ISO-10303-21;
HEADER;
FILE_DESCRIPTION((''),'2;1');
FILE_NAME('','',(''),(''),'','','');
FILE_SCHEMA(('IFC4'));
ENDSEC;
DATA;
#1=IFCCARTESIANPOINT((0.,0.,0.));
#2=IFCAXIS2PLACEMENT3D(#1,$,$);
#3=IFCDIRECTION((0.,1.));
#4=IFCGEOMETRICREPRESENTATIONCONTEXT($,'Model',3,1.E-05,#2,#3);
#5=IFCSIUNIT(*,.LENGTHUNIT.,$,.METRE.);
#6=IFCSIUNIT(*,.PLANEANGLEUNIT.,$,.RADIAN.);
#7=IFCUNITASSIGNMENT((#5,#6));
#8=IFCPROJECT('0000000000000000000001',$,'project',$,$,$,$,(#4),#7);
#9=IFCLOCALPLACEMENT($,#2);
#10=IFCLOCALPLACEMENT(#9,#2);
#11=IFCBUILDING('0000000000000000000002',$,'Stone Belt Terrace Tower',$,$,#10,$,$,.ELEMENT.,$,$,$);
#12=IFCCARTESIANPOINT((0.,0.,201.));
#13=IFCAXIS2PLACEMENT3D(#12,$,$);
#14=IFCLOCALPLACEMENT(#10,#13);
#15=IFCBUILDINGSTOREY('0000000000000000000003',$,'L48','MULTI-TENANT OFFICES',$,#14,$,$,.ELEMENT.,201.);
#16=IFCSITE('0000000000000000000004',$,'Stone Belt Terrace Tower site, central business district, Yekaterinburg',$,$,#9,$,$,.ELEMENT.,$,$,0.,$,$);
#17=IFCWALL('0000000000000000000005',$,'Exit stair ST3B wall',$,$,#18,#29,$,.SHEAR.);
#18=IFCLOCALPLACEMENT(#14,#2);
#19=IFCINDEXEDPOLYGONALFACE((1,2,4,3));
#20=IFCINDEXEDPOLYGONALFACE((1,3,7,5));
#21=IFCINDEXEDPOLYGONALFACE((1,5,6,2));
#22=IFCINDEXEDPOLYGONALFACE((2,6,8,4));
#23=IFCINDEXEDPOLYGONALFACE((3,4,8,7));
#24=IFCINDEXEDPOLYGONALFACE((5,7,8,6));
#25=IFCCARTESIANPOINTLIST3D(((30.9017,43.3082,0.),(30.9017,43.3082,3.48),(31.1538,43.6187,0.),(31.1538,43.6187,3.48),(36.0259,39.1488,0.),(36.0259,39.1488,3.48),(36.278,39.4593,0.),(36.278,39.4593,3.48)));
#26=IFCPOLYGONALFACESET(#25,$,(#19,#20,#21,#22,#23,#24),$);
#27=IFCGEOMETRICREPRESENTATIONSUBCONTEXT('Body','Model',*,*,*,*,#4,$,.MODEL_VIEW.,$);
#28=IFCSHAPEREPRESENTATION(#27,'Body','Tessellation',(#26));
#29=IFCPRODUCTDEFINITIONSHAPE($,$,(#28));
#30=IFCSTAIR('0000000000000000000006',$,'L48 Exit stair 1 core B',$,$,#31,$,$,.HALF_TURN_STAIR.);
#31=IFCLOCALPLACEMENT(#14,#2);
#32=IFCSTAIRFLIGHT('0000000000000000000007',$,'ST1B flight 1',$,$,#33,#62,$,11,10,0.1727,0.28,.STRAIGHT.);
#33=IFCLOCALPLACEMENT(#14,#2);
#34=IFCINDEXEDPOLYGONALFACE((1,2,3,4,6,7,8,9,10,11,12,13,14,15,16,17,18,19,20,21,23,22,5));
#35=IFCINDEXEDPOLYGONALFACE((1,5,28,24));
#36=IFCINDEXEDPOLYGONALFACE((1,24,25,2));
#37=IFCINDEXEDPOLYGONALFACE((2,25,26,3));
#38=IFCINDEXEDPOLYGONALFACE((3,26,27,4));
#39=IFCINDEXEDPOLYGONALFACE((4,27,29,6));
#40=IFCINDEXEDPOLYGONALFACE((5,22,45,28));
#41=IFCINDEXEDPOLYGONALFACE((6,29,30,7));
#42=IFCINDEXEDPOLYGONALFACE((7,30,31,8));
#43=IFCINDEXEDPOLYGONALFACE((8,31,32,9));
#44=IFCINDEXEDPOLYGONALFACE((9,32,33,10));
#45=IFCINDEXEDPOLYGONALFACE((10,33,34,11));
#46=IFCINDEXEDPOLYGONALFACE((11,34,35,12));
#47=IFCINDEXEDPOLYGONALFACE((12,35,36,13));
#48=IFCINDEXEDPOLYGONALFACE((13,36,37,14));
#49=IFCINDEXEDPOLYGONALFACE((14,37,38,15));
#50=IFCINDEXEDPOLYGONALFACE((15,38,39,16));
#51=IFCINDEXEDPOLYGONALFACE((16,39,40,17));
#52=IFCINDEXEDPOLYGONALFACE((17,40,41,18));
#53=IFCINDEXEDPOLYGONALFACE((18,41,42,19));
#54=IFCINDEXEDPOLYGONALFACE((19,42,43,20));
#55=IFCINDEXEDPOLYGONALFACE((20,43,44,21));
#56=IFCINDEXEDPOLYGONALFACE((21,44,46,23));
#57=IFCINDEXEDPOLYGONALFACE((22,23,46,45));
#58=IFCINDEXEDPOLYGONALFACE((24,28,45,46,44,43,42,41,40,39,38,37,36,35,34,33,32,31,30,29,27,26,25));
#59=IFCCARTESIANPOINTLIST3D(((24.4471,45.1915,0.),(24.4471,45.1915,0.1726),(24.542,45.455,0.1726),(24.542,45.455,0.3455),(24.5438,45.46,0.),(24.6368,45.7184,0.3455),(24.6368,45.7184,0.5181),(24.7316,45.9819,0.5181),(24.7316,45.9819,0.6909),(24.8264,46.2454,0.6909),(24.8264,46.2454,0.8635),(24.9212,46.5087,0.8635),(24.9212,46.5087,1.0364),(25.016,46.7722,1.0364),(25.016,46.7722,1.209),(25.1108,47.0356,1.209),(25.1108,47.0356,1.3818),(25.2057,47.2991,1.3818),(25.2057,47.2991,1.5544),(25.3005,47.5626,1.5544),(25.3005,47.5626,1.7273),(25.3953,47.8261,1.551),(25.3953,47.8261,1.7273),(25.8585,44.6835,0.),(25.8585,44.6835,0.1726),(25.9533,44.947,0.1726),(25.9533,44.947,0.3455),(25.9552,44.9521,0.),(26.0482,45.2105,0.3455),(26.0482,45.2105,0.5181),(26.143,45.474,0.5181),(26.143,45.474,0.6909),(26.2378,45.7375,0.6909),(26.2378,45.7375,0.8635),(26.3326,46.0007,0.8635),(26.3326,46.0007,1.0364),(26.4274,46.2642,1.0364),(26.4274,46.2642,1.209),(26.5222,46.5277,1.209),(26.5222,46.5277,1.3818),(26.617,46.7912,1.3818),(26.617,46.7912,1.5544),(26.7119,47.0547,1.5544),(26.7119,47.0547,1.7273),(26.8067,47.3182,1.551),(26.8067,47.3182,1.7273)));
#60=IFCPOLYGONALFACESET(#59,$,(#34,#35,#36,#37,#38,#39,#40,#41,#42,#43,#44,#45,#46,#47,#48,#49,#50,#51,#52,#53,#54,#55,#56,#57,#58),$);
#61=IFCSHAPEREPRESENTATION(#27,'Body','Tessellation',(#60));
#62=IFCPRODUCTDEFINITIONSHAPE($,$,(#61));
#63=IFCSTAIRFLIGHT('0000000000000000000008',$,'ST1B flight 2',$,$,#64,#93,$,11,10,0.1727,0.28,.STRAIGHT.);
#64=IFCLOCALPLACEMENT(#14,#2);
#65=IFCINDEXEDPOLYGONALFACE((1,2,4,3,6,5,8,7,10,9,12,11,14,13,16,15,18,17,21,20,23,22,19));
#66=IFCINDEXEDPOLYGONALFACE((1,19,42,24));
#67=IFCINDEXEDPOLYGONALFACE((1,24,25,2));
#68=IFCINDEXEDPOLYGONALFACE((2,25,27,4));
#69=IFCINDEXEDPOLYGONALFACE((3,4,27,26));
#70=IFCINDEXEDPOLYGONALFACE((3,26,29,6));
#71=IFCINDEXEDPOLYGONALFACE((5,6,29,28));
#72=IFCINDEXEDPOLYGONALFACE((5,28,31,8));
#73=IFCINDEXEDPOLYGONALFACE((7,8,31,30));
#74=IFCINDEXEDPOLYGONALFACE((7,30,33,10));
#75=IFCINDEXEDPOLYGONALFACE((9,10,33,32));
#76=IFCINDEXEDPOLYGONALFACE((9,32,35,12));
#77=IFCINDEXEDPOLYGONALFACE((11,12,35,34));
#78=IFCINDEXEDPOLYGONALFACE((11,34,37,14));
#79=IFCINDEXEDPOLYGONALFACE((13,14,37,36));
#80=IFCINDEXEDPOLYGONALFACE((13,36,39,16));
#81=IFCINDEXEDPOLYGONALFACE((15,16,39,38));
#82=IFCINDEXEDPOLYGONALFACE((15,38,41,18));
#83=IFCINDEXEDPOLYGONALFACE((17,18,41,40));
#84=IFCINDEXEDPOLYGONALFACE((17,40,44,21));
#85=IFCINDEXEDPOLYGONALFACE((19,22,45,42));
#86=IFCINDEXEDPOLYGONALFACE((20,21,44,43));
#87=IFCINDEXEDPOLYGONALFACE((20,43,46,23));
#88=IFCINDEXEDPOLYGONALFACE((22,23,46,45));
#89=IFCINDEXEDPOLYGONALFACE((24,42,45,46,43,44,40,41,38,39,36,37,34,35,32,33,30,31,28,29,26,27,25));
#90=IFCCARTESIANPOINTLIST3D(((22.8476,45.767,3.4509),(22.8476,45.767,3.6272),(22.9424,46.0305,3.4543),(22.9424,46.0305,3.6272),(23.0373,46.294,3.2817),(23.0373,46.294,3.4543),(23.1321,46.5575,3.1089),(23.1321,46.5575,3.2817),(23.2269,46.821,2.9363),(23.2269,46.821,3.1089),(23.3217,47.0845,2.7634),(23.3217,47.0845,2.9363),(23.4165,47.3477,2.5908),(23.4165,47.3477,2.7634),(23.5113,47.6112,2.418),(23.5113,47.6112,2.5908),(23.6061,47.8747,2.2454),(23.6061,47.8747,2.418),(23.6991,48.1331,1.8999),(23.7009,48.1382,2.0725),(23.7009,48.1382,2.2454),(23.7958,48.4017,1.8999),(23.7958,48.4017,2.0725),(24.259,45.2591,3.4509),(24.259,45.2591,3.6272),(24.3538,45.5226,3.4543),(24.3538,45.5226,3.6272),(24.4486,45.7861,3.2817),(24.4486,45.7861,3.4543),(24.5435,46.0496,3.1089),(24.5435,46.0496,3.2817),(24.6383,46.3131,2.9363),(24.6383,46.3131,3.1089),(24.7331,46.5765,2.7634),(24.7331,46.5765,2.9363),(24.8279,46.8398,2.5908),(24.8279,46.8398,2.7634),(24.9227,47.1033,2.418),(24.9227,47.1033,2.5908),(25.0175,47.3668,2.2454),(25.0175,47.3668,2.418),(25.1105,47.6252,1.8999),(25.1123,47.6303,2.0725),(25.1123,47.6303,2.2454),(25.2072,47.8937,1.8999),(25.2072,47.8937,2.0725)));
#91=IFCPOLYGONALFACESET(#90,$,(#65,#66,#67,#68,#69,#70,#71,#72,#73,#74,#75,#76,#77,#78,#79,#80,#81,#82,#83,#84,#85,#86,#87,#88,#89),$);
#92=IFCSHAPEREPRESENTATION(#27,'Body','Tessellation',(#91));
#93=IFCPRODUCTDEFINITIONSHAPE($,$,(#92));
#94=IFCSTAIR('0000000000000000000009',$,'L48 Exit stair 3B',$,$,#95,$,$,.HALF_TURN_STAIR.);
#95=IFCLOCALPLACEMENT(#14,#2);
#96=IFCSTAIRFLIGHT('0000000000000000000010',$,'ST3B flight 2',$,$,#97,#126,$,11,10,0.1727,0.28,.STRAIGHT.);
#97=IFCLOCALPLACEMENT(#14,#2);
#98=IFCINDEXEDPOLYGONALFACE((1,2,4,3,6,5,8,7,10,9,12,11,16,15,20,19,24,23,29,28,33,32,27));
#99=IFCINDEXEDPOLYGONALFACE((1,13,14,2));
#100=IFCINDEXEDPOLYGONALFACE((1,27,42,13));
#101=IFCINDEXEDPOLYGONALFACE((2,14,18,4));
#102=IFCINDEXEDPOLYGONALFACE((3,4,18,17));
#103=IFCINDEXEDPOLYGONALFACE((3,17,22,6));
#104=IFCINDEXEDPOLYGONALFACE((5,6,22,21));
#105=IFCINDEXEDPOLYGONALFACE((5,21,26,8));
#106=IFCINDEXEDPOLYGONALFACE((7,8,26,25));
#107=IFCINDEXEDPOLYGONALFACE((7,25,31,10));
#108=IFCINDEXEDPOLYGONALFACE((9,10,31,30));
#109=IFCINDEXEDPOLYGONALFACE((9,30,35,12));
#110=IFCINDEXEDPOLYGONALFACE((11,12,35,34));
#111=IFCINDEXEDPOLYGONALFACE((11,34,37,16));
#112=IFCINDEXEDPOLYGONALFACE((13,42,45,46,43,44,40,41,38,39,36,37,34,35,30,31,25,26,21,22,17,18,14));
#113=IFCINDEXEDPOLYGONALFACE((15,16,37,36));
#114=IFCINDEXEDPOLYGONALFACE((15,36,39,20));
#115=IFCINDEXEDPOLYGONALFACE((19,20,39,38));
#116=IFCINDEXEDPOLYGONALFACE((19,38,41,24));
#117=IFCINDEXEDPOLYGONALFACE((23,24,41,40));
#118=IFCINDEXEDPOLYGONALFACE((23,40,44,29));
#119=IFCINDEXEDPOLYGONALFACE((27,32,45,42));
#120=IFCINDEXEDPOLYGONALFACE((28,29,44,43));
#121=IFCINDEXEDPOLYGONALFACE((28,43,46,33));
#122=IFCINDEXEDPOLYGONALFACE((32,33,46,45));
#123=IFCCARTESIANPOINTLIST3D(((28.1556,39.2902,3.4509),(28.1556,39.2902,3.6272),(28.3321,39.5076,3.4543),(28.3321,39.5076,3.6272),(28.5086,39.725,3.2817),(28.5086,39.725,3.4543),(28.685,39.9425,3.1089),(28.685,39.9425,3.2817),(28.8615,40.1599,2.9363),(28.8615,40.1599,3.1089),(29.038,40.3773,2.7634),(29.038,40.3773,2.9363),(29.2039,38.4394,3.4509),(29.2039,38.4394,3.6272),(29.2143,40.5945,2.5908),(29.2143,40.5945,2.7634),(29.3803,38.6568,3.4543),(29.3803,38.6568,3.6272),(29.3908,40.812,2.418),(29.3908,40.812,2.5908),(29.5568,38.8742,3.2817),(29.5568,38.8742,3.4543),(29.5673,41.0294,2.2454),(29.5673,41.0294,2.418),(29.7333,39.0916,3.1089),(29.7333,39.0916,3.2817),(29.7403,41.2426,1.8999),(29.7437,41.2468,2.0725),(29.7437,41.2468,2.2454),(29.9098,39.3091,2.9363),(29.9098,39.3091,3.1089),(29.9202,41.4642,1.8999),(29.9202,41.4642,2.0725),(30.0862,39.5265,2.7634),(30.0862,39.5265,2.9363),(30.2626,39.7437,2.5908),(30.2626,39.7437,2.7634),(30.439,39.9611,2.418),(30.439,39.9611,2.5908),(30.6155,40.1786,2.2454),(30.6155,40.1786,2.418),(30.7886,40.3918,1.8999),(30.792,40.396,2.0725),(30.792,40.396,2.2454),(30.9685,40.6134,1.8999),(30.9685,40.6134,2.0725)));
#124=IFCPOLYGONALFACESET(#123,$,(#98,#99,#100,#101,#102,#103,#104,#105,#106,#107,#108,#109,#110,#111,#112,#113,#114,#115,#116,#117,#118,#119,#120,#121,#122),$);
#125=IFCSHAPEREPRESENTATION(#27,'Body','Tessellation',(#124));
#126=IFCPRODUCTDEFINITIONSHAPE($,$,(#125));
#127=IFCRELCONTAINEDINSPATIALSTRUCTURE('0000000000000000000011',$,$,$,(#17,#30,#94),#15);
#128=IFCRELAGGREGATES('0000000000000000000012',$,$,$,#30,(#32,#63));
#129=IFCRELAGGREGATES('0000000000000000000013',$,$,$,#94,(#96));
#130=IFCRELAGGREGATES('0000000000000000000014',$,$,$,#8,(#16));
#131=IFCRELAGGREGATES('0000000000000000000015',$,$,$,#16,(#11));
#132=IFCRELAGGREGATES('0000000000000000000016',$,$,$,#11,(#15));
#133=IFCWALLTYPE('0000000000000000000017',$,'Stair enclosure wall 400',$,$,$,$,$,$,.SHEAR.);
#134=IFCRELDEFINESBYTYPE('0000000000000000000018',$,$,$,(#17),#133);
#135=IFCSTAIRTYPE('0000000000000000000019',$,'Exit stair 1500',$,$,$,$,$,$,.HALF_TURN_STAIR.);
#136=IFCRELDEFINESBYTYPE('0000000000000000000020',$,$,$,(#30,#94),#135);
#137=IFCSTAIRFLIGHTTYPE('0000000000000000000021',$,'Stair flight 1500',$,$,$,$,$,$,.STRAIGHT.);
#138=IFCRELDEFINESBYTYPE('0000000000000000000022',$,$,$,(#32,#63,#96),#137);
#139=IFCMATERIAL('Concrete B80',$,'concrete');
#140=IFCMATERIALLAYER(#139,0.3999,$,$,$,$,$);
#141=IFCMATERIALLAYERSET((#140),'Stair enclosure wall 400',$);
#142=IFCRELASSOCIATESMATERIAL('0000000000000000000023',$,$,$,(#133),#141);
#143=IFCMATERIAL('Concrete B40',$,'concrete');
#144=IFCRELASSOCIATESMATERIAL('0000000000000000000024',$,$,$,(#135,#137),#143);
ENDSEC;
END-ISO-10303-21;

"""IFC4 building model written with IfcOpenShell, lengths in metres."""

from ifc_helpers import new_model, si_unit, direction, frame, frame_2d, origin, place, context, subcontext, project, spatial, polyline, rectangle, outline, extrude, material, layer, layer_set, type_object, element, aggregate, save


model = new_model("IFC4")

# Units and contexts
model_context = context("Model", 3, precision=1e-05, world=origin(), true_north=direction((0.0, 1.0)))
body_context = subcontext(model_context, "Body", "Model", "MODEL_VIEW")
ifc_project = project(units=[si_unit("LENGTHUNIT", "METRE"), si_unit("PLANEANGLEUNIT", "RADIAN")], contexts=[model_context])

# Site, building, storey
site_placement = place(None, origin())
site = spatial("IfcSite", under=ifc_project, at=site_placement, Name="Stone Belt Terrace Tower site, central business district, Yekaterinburg", CompositionType="ELEMENT", RefElevation=0.0)
building_placement = place(site_placement, origin())
building = spatial("IfcBuilding", under=site, at=building_placement, Name="Stone Belt Terrace Tower", CompositionType="ELEMENT")
storey_placement = place(building_placement, frame((0.0, 0.0, 201.0)))
storey = spatial("IfcBuildingStorey", under=building, at=storey_placement, Name="L48", Description="MULTI-TENANT OFFICES", CompositionType="ELEMENT", Elevation=201.0)

# Shared definitions
ifc_material_1 = material(Name="Concrete B80", Category="concrete")
ifc_layer_1 = layer(ifc_material_1, 0.3999)
ifc_layer_set_1 = layer_set([ifc_layer_1], Name="Stair enclosure wall 400")
wall_type_1 = type_object("IfcWallType", Name="Stair enclosure wall 400", PredefinedType="SHEAR", material=ifc_layer_set_1)

# Wall
wall_1_placement = place(storey_placement, frame((31.0278, 43.4634, 0.0), z_axis=(0.0, 0.0, 1.0), x_axis=(0.776414, -0.630224, 0.0)))
element("IfcWall", 1, at=wall_1_placement, inside=storey, type_object=wall_type_1, Name="Exit stair ST3B wall", PredefinedType="SHEAR", context=body_context, shape_type="SweptSolid", body=[
    extrude(rectangle(XDim=6.5999, YDim=0.3999, at=frame_2d((3.2998, 0.0))), origin(), (0.0, 0.0, 1.0), 3.48),
])

# Stair, stair flights
ifc_material_2 = material(Name="Concrete B40", Category="concrete")
stair_type = type_object("IfcStairType", Name="Exit stair 1500", PredefinedType="HALF_TURN_STAIR", material=ifc_material_2)
stair_1_placement = place(storey_placement, origin())
stair_1 = element("IfcStair", 2, at=stair_1_placement, inside=storey, type_object=stair_type, Name="L48 Exit stair 1 core B", PredefinedType="HALF_TURN_STAIR")
stair_flight_type = type_object("IfcStairFlightType", Name="Stair flight 1500", PredefinedType="STRAIGHT", material=ifc_material_2)
stair_flight_1_placement = place(storey_placement, frame((25.1528, 44.9375, 0.0), z_axis=(0.0, 0.0, 1.0), x_axis=(0.338624, 0.940922, 0.0)))
stair_flight_1 = element("IfcStairFlight", 3, at=stair_flight_1_placement, type_object=stair_flight_type, Name="ST1B flight 1", NumberOfRisers=11, NumberOfTreads=10, PredefinedType="STRAIGHT", RiserHeight=0.1727, TreadLength=0.28, context=body_context, shape_type="SweptSolid", body=[
    extrude(outline(polyline([(0.0, 0.0), (0.0, 0.1726), (0.28, 0.1726), (0.28, 0.3455), (0.5601, 0.3455), (0.5601, 0.5181), (0.8401, 0.5181), (0.8401, 0.6909), (1.1201, 0.6909), (1.1201, 0.8635), (1.3999, 0.8635), (1.3999, 1.0364), (1.6799, 1.0364), (1.6799, 1.209), (1.96, 1.209), (1.96, 1.3818), (2.24, 1.3818), (2.24, 1.5544), (2.52, 1.5544), (2.52, 1.7273), (2.8, 1.7273), (2.8, 1.8999), (2.8, 1.551), (0.2854, 0.0), (0.0, 0.0)])), frame((0.0, 0.75, 0.0), z_axis=(0.0, -1.0, 0.0), x_axis=(1.0, 0.0, 0.0)), (0.0, 0.0, 1.0), 1.5),
])
stair_flight_2_placement = place(storey_placement, frame((24.5015, 48.1477, 1.8999), z_axis=(0.0, 0.0, 1.0), x_axis=(-0.338624, -0.940922, 0.0)))
stair_flight_2 = element("IfcStairFlight", 4, at=stair_flight_2_placement, type_object=stair_flight_type, Name="ST1B flight 2", NumberOfRisers=11, NumberOfTreads=10, PredefinedType="STRAIGHT", RiserHeight=0.1727, TreadLength=0.28, context=body_context, shape_type="SweptSolid", body=[
    extrude(outline(polyline([(0.0, 0.0), (0.0, 0.1726), (0.28, 0.1726), (0.28, 0.3455), (0.5601, 0.3455), (0.5601, 0.5181), (0.8401, 0.5181), (0.8401, 0.6909), (1.1201, 0.6909), (1.1201, 0.8635), (1.3999, 0.8635), (1.3999, 1.0364), (1.6799, 1.0364), (1.6799, 1.209), (1.96, 1.209), (1.96, 1.3818), (2.24, 1.3818), (2.24, 1.5544), (2.52, 1.5544), (2.52, 1.7273), (2.8, 1.7273), (2.8, 1.8999), (2.8, 1.551), (0.2854, 0.0), (0.0, 0.0)])), frame((0.0, 0.75, 0.0), z_axis=(0.0, -1.0, 0.0), x_axis=(1.0, 0.0, 0.0)), (0.0, 0.0, 1.0), 1.5),
])
aggregate(stair_1, [stair_flight_1, stair_flight_2])

# Stair, stair flight
stair_2_placement = place(storey_placement, origin())
stair_2 = element("IfcStair", 5, at=stair_2_placement, inside=storey, type_object=stair_type, Name="L48 Exit stair 3B", PredefinedType="HALF_TURN_STAIR")
stair_flight_3_placement = place(storey_placement, frame((30.4443, 41.0388, 1.8999), z_axis=(0.0, 0.0, 1.0), x_axis=(-0.630206, -0.776428, 0.0)))
stair_flight_3 = element("IfcStairFlight", 6, at=stair_flight_3_placement, type_object=stair_flight_type, Name="ST3B flight 2", NumberOfRisers=11, NumberOfTreads=10, PredefinedType="STRAIGHT", RiserHeight=0.1727, TreadLength=0.28, context=body_context, shape_type="SweptSolid", body=[
    extrude(outline(polyline([(0.0, 0.0), (0.0, 0.1726), (0.28, 0.1726), (0.28, 0.3455), (0.5601, 0.3455), (0.5601, 0.5181), (0.8401, 0.5181), (0.8401, 0.6909), (1.1201, 0.6909), (1.1201, 0.8635), (1.3999, 0.8635), (1.3999, 1.0364), (1.6799, 1.0364), (1.6799, 1.209), (1.96, 1.209), (1.96, 1.3818), (2.24, 1.3818), (2.24, 1.5544), (2.52, 1.5544), (2.52, 1.7273), (2.8, 1.7273), (2.8, 1.8999), (2.8, 1.551), (0.2854, 0.0), (0.0, 0.0)])), frame((0.0, 0.675, 0.0), z_axis=(0.0, -1.0, 0.0), x_axis=(1.0, 0.0, 0.0)), (0.0, 0.0, 1.0), 1.3501),
])
aggregate(stair_2, [stair_flight_3])

save(model, "model.ifc")
